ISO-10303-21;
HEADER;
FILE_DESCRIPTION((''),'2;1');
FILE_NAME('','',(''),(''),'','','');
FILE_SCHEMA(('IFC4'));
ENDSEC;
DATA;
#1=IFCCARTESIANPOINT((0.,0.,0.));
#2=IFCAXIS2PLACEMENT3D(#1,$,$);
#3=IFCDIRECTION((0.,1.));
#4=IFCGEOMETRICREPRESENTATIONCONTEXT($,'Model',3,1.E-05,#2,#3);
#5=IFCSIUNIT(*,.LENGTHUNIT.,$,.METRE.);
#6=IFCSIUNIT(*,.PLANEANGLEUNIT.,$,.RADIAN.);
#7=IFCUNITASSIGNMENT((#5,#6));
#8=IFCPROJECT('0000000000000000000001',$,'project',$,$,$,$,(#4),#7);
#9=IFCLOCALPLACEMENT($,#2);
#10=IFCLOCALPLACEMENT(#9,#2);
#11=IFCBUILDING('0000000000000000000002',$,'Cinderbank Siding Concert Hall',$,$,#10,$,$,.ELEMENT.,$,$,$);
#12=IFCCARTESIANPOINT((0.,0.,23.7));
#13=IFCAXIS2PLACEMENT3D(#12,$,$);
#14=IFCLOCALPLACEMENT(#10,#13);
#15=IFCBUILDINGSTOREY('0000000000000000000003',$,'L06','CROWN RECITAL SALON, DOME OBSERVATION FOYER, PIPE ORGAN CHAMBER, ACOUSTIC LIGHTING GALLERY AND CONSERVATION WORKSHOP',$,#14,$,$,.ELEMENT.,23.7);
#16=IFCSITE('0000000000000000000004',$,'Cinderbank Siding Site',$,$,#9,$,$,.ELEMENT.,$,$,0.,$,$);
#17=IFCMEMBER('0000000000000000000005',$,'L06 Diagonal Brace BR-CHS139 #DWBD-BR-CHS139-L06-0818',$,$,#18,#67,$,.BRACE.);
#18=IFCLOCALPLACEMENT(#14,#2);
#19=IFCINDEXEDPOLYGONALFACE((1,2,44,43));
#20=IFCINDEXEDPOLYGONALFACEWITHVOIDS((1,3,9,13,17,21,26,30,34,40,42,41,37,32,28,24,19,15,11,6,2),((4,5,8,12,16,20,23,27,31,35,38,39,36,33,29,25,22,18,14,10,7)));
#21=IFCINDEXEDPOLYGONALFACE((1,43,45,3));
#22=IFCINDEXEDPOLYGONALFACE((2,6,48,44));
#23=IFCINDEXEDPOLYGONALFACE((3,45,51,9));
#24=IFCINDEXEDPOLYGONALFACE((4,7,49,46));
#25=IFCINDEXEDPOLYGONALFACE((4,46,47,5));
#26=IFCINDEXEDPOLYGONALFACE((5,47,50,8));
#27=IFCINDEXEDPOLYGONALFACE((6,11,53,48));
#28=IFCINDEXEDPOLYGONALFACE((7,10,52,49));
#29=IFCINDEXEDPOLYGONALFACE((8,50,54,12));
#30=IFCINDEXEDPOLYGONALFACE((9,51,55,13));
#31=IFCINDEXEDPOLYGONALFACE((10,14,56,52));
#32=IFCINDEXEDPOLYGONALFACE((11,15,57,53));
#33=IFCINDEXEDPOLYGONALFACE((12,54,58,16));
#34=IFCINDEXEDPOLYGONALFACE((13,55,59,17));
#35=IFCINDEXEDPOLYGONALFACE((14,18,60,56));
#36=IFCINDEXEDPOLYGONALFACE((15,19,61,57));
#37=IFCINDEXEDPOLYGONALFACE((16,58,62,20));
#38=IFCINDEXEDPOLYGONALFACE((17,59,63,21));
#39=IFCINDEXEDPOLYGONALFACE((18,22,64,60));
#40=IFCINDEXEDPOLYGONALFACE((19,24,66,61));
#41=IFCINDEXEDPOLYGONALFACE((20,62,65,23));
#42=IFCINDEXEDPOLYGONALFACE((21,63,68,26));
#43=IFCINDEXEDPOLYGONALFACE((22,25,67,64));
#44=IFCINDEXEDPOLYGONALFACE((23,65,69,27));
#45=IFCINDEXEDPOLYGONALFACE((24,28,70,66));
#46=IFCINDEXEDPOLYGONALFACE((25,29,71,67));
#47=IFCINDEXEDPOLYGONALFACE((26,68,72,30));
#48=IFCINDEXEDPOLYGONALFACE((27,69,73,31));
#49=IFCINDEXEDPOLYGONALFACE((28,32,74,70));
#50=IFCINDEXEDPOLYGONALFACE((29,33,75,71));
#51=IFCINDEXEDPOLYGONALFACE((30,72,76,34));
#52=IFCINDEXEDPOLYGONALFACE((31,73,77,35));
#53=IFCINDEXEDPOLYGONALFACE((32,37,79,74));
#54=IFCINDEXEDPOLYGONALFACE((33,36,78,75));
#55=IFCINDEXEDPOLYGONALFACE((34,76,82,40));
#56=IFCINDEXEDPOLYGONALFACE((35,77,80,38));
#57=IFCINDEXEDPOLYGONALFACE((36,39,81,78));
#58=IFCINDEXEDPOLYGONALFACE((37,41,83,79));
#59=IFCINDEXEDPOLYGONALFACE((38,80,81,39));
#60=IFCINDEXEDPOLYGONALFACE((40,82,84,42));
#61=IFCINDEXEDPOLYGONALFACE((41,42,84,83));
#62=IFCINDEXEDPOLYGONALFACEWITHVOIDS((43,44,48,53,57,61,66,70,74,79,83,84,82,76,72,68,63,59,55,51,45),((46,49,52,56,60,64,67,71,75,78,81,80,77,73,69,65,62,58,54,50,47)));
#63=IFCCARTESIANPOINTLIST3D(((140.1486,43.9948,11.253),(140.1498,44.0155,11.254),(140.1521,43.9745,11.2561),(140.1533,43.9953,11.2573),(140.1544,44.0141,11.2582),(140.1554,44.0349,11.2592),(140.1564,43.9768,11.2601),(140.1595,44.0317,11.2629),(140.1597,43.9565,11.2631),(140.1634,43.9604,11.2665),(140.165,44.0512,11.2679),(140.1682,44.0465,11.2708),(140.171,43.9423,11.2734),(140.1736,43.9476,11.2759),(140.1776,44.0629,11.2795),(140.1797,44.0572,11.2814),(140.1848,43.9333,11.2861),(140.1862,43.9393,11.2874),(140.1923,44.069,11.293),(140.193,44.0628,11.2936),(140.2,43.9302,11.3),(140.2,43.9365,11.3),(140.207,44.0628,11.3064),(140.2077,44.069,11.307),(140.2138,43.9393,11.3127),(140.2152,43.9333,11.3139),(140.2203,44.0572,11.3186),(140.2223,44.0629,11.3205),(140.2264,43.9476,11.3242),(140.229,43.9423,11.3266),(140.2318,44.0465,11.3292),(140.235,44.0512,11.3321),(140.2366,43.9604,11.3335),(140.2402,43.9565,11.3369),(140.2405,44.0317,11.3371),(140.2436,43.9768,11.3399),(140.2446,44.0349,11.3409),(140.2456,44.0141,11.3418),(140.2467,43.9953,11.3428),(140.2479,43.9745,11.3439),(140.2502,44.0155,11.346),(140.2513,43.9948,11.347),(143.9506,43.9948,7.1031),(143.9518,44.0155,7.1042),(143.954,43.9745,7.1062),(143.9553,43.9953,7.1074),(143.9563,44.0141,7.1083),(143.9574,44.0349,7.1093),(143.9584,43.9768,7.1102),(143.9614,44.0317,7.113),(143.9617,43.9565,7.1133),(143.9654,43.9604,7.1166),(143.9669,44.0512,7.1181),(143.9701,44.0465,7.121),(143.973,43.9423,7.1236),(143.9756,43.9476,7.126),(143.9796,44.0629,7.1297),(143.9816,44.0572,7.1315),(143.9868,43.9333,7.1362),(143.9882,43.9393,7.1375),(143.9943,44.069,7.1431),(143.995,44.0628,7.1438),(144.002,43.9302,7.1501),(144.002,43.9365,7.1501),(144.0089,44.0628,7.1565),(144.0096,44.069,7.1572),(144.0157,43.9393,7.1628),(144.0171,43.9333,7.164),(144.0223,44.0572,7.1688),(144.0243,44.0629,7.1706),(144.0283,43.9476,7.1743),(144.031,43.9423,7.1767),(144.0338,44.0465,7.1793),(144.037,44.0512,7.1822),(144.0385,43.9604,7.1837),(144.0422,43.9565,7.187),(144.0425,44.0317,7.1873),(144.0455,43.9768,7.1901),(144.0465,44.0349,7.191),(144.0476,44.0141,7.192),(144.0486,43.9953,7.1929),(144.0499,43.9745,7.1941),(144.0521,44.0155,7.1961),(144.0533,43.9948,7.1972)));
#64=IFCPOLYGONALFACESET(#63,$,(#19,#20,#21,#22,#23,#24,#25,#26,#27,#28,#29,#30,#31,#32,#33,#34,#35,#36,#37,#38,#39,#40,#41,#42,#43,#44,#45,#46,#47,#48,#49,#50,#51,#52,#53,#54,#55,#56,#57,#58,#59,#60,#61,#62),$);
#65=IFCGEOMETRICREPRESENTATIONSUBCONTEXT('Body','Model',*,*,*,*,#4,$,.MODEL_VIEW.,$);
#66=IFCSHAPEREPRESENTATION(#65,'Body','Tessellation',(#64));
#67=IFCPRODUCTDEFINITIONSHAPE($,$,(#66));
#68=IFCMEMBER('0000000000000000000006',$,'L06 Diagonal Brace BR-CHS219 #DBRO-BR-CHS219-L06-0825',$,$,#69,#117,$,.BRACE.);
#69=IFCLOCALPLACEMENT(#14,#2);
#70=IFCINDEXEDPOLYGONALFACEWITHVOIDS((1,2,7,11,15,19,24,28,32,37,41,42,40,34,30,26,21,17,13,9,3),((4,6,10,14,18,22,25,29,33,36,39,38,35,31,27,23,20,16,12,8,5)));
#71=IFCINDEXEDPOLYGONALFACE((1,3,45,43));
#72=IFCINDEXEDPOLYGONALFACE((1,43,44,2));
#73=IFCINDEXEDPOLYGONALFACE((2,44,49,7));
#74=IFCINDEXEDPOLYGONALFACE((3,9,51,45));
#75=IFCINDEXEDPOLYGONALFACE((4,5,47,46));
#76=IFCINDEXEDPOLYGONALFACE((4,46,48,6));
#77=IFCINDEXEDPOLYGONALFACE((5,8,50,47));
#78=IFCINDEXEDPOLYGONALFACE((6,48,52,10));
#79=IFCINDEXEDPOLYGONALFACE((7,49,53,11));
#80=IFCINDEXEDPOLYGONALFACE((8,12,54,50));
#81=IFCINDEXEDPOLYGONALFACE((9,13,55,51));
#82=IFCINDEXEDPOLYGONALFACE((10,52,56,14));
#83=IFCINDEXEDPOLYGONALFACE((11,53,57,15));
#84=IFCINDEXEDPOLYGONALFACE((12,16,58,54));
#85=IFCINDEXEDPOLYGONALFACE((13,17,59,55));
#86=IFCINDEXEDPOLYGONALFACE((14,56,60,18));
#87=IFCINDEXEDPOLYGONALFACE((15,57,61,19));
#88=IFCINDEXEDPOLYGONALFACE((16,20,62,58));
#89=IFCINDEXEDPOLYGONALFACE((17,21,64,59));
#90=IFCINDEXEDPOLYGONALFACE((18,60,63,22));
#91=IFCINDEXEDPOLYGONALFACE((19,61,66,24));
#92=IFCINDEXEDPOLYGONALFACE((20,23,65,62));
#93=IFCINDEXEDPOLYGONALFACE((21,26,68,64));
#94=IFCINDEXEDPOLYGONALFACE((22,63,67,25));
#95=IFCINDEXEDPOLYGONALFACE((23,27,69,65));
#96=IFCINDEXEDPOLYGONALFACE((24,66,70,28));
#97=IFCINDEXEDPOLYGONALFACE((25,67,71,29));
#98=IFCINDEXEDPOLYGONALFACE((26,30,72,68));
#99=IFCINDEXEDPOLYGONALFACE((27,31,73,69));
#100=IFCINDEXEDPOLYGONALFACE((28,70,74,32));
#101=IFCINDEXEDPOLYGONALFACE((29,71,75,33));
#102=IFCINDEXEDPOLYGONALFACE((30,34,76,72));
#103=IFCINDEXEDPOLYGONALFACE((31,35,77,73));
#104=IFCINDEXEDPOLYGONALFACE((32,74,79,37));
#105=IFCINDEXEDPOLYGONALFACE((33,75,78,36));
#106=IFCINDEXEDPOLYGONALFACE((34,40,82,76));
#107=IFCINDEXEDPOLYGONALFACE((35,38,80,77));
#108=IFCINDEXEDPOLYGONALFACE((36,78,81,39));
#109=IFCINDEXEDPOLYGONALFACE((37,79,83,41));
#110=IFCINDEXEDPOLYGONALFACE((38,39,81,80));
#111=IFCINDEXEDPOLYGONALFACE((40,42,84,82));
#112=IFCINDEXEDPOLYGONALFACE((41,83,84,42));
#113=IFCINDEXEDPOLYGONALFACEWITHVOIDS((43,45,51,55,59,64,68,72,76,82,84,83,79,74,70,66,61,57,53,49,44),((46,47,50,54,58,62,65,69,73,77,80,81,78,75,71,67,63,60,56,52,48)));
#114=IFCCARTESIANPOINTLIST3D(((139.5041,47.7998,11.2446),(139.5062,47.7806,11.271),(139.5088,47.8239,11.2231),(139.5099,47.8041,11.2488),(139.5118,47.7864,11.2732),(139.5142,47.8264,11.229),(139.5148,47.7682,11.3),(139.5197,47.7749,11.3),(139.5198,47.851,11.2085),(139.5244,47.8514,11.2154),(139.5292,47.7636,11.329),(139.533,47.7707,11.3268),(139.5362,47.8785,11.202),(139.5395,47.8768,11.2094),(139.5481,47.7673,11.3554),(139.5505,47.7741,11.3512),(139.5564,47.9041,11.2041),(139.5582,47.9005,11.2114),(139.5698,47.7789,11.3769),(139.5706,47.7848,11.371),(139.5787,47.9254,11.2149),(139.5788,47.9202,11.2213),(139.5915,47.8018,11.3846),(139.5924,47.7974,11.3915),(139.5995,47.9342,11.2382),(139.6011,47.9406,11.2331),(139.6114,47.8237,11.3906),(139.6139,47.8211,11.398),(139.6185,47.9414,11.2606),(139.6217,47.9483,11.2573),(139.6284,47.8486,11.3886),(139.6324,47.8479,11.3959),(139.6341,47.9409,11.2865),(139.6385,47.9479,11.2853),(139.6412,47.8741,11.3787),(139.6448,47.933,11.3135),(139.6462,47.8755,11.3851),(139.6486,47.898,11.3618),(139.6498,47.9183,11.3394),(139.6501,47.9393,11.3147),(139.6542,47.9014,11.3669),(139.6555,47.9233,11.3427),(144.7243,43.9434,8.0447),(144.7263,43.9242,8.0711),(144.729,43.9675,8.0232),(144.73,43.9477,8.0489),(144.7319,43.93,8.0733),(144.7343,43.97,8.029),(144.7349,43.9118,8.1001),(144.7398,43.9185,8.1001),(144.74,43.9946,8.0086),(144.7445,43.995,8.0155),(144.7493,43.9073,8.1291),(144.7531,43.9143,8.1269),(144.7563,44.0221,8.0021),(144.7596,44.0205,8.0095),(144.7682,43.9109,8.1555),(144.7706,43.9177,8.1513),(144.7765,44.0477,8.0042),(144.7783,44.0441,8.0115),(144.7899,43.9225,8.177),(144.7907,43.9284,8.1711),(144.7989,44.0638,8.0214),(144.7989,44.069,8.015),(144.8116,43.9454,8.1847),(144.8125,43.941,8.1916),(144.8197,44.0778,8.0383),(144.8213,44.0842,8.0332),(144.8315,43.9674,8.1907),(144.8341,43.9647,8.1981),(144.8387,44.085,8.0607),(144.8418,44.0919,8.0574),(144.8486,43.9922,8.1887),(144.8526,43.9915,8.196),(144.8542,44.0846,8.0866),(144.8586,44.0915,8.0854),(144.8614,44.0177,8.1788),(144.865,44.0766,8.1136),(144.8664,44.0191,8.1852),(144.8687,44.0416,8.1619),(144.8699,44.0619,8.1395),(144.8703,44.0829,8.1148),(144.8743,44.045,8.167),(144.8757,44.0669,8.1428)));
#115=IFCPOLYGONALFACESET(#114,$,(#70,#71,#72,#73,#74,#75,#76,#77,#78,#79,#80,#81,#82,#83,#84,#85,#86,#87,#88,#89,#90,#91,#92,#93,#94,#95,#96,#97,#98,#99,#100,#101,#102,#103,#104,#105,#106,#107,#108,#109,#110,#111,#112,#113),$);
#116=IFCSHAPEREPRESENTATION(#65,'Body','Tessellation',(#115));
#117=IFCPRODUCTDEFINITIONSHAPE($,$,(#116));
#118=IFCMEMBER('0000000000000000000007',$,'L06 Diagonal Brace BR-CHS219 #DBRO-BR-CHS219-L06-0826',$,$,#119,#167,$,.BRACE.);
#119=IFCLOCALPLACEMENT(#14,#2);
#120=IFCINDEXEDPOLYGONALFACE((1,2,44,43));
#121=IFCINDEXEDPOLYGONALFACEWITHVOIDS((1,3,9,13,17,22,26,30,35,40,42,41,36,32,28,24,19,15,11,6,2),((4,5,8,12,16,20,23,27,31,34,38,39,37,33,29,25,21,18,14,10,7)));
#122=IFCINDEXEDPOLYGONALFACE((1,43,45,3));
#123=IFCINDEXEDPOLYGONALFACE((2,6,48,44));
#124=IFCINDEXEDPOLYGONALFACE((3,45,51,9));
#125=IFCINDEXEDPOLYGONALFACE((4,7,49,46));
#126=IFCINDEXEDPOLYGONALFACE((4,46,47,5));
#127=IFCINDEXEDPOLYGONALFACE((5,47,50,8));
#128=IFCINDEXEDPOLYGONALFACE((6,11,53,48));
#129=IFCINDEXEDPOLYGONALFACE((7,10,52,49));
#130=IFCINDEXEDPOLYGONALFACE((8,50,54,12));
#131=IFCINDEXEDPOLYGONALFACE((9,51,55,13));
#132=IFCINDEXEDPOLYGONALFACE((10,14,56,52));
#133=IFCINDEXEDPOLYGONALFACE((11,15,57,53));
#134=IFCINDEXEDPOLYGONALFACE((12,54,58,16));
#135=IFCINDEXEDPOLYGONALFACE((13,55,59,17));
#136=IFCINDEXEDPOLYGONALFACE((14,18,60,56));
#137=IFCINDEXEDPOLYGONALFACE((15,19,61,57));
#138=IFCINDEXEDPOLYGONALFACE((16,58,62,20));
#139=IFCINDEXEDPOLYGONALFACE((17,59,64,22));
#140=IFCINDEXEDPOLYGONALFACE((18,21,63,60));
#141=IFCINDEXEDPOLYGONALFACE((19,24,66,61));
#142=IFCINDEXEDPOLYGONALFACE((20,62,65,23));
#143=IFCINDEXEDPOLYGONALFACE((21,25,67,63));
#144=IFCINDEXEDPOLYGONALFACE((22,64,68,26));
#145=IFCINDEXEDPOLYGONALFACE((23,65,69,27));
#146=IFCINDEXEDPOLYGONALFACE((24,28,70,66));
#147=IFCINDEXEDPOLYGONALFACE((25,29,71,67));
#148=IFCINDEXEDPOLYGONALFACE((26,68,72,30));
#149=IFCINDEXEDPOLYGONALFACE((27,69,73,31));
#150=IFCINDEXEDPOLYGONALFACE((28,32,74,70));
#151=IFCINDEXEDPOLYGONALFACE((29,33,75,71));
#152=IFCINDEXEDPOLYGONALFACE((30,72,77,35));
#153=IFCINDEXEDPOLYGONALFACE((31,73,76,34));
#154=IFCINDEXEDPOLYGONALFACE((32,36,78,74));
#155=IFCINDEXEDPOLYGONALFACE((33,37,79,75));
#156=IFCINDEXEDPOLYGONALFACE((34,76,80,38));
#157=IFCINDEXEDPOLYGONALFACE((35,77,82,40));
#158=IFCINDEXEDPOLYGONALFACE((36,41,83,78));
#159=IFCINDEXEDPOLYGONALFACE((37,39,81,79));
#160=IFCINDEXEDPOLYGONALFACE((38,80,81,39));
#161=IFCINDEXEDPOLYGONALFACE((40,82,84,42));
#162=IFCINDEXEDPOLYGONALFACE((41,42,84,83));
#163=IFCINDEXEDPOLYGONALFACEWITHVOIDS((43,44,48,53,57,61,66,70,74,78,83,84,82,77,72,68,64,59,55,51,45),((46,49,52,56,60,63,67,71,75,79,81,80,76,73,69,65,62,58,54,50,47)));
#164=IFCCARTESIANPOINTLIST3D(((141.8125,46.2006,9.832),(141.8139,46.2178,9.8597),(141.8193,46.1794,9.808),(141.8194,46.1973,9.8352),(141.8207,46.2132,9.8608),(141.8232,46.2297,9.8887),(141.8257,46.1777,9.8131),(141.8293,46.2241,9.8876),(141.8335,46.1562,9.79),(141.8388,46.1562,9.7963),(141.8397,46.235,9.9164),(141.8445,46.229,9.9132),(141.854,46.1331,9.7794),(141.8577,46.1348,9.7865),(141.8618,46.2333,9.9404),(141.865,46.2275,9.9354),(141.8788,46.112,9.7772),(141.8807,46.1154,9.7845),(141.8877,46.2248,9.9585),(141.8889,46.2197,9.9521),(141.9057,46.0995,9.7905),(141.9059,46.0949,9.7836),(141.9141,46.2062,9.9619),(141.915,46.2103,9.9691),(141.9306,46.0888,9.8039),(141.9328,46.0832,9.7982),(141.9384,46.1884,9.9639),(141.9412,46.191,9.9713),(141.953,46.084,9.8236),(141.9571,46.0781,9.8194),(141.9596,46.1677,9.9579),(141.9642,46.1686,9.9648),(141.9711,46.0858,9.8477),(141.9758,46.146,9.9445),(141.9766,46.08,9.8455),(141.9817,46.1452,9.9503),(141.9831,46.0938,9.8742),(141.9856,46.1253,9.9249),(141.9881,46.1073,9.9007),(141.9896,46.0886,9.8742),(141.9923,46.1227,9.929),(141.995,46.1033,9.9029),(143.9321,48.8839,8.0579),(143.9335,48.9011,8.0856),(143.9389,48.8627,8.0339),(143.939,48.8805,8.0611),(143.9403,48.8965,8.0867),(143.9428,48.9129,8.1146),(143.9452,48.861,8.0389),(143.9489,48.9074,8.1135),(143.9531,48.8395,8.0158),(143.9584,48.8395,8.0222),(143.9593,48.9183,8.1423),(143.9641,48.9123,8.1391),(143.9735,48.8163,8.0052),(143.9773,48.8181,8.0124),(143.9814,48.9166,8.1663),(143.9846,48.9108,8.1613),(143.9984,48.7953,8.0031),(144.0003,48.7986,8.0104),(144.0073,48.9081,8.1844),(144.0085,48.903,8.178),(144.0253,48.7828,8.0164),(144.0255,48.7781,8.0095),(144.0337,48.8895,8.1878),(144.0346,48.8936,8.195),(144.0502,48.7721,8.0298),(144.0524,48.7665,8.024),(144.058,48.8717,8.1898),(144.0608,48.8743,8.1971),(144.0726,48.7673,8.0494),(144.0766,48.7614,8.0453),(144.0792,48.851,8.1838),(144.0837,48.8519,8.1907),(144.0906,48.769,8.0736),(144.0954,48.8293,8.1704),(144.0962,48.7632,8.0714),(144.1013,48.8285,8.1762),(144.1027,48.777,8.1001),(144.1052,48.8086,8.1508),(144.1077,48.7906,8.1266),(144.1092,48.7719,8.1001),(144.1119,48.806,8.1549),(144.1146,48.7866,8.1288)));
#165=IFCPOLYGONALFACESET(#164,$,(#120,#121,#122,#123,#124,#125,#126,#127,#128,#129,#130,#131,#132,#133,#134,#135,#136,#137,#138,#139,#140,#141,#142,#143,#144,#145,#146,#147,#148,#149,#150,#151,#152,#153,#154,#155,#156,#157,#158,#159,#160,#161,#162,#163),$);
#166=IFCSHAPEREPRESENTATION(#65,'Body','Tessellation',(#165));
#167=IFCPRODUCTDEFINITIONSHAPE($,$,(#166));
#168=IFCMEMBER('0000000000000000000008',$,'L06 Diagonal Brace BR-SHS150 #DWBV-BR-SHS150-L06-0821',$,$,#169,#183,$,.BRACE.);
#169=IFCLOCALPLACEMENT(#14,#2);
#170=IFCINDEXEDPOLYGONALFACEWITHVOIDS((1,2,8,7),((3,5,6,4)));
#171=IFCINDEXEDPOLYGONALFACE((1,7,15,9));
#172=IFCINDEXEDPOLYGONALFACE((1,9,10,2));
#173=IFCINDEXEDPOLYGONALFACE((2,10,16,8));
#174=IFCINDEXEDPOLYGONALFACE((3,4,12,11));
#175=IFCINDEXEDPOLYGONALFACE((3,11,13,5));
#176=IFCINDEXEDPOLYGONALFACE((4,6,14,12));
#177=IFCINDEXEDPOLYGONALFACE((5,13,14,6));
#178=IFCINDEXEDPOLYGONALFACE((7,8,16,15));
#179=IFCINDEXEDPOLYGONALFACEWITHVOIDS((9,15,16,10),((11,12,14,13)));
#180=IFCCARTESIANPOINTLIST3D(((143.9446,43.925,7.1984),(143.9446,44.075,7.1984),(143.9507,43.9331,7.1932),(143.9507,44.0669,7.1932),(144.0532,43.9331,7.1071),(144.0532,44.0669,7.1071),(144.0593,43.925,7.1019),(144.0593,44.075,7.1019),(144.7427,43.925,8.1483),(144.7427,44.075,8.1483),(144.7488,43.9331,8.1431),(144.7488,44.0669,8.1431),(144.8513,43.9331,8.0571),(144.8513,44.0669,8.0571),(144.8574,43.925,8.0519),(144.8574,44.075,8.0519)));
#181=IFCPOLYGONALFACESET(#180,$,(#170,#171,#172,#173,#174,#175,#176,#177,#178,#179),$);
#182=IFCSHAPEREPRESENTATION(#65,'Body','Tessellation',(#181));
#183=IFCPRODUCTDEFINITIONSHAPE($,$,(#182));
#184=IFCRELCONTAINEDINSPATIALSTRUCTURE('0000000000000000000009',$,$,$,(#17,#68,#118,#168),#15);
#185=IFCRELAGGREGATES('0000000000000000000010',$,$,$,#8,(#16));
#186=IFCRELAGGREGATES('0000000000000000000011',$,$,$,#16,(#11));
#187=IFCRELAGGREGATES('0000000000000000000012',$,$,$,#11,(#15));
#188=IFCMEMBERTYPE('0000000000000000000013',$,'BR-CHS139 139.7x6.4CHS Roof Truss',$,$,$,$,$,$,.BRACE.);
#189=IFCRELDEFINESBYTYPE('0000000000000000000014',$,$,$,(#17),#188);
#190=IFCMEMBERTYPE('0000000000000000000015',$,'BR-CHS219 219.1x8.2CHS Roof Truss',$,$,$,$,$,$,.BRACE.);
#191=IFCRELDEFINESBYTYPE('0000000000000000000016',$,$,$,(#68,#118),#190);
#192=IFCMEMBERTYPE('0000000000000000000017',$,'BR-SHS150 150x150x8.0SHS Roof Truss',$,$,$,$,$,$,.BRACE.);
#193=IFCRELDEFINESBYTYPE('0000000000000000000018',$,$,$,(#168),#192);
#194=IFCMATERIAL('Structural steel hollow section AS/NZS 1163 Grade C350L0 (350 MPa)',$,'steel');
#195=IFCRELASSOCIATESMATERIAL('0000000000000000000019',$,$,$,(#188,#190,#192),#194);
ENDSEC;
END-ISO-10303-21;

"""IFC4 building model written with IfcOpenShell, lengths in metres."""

from ifc_helpers import new_model, si_unit, direction, frame, origin, origin_2d, place, context, subcontext, project, spatial, hollow_rectangle, hollow_circle, extrude, material, material_profile, profile_set, type_object, element, save


model = new_model("IFC4")

# Units and contexts
model_context = context("Model", 3, precision=1e-05, world=origin(), true_north=direction((0.0, 1.0)))
body_context = subcontext(model_context, "Body", "Model", "MODEL_VIEW")
ifc_project = project(units=[si_unit("LENGTHUNIT", "METRE"), si_unit("PLANEANGLEUNIT", "RADIAN")], contexts=[model_context])

# Site, building, storey
site_placement = place(None, origin())
site = spatial("IfcSite", under=ifc_project, at=site_placement, Name="Cinderbank Siding Site", CompositionType="ELEMENT", RefElevation=0.0)
building_placement = place(site_placement, origin())
building = spatial("IfcBuilding", under=site, at=building_placement, Name="Cinderbank Siding Concert Hall", CompositionType="ELEMENT")
storey_placement = place(building_placement, frame((0.0, 0.0, 23.7)))
storey = spatial("IfcBuildingStorey", under=building, at=storey_placement, Name="L06", Description="CROWN RECITAL SALON, DOME OBSERVATION FOYER, PIPE ORGAN CHAMBER, ACOUSTIC LIGHTING GALLERY AND CONSERVATION WORKSHOP", CompositionType="ELEMENT", Elevation=23.7)

# Members
ifc_material_1 = material(Name="Structural steel hollow section AS/NZS 1163 Grade C350L0 (350 MPa)", Category="steel")
ifc_material_profile_1 = material_profile(ifc_material_1, hollow_circle(Radius=0.0698, WallThickness=0.0063, at=origin_2d()), Name="139.7x6.4CHS", Category="LoadBearing")
ifc_profile_set_1 = profile_set([ifc_material_profile_1], Name="Structural steel hollow section AS/NZS 1163 Grade C350L0 (350 MPa)")
member_type_1 = type_object("IfcMemberType", Name="BR-CHS139 139.7x6.4CHS Roof Truss", PredefinedType="BRACE", material=ifc_profile_set_1)
member_1_placement = place(storey_placement, frame((144.002, 44.0, 7.1501), z_axis=(-0.675524, 0.0, 0.737338), x_axis=(0.0, -1.0, 0.0)))
element("IfcMember", 1, at=member_1_placement, inside=storey, type_object=member_type_1, Name="L06 Diagonal Brace BR-CHS139 #DWBD-BR-CHS139-L06-0818", PredefinedType="BRACE", context=body_context, shape_type="SweptSolid", body=[
    extrude(hollow_circle(Radius=0.0698, WallThickness=0.0063, at=origin_2d()), origin(), (0.0, 0.0, 1.0), 5.6282),
])
ifc_material_profile_2 = material_profile(ifc_material_1, hollow_circle(Radius=0.1096, WallThickness=0.0083, at=origin_2d()), Name="219.1x8.2CHS", Category="LoadBearing")
ifc_profile_set_2 = profile_set([ifc_material_profile_2], Name="Structural steel hollow section AS/NZS 1163 Grade C350L0 (350 MPa)")
member_type_2 = type_object("IfcMemberType", Name="BR-CHS219 219.1x8.2CHS Roof Truss", PredefinedType="BRACE", material=ifc_profile_set_2)
member_2_placement = place(storey_placement, frame((144.8, 44.0, 8.1001), z_axis=(-0.721403, 0.532938, 0.442215), x_axis=(-0.594194, -0.804322, 0.0)))
element("IfcMember", 2, at=member_2_placement, inside=storey, type_object=member_type_2, Name="L06 Diagonal Brace BR-CHS219 #DBRO-BR-CHS219-L06-0825", PredefinedType="BRACE", context=body_context, shape_type="SweptSolid", body=[
    extrude(hollow_circle(Radius=0.1096, WallThickness=0.0083, at=origin_2d()), origin(), (0.0, 0.0, 1.0), 7.2361),
])
member_3_placement = place(storey_placement, frame((144.0232, 48.8398, 8.1001), z_axis=(-0.550212, -0.696542, 0.460538), x_axis=(0.784713, -0.61986, 0.0)))
element("IfcMember", 3, at=member_3_placement, inside=storey, type_object=member_type_2, Name="L06 Diagonal Brace BR-CHS219 #DBRO-BR-CHS219-L06-0826", PredefinedType="BRACE", context=body_context, shape_type="SweptSolid", body=[
    extrude(hollow_circle(Radius=0.1096, WallThickness=0.0083, at=origin_2d()), origin(), (0.0, 0.0, 1.0), 3.8523),
])
ifc_material_profile_3 = material_profile(ifc_material_1, hollow_rectangle(XDim=0.1499, YDim=0.1499, WallThickness=0.0081, at=origin_2d()), Name="150x150x8.0SHS", Category="LoadBearing")
ifc_profile_set_3 = profile_set([ifc_material_profile_3], Name="Structural steel hollow section AS/NZS 1163 Grade C350L0 (350 MPa)")
member_type_3 = type_object("IfcMemberType", Name="BR-SHS150 150x150x8.0SHS Roof Truss", PredefinedType="BRACE", material=ifc_profile_set_3)
member_4_placement = place(storey_placement, frame((144.002, 44.0, 7.1501), z_axis=(0.643257, 0.0, 0.765651), x_axis=(0.0, 1.0, 0.0)))
element("IfcMember", 4, at=member_4_placement, inside=storey, type_object=member_type_3, Name="L06 Diagonal Brace BR-SHS150 #DWBV-BR-SHS150-L06-0821", PredefinedType="BRACE", context=body_context, shape_type="SweptSolid", body=[
    extrude(hollow_rectangle(XDim=0.1499, YDim=0.1499, WallThickness=0.0081, at=origin_2d()), origin(), (0.0, 0.0, 1.0), 1.2407),
])

save(model, "model.ifc")
